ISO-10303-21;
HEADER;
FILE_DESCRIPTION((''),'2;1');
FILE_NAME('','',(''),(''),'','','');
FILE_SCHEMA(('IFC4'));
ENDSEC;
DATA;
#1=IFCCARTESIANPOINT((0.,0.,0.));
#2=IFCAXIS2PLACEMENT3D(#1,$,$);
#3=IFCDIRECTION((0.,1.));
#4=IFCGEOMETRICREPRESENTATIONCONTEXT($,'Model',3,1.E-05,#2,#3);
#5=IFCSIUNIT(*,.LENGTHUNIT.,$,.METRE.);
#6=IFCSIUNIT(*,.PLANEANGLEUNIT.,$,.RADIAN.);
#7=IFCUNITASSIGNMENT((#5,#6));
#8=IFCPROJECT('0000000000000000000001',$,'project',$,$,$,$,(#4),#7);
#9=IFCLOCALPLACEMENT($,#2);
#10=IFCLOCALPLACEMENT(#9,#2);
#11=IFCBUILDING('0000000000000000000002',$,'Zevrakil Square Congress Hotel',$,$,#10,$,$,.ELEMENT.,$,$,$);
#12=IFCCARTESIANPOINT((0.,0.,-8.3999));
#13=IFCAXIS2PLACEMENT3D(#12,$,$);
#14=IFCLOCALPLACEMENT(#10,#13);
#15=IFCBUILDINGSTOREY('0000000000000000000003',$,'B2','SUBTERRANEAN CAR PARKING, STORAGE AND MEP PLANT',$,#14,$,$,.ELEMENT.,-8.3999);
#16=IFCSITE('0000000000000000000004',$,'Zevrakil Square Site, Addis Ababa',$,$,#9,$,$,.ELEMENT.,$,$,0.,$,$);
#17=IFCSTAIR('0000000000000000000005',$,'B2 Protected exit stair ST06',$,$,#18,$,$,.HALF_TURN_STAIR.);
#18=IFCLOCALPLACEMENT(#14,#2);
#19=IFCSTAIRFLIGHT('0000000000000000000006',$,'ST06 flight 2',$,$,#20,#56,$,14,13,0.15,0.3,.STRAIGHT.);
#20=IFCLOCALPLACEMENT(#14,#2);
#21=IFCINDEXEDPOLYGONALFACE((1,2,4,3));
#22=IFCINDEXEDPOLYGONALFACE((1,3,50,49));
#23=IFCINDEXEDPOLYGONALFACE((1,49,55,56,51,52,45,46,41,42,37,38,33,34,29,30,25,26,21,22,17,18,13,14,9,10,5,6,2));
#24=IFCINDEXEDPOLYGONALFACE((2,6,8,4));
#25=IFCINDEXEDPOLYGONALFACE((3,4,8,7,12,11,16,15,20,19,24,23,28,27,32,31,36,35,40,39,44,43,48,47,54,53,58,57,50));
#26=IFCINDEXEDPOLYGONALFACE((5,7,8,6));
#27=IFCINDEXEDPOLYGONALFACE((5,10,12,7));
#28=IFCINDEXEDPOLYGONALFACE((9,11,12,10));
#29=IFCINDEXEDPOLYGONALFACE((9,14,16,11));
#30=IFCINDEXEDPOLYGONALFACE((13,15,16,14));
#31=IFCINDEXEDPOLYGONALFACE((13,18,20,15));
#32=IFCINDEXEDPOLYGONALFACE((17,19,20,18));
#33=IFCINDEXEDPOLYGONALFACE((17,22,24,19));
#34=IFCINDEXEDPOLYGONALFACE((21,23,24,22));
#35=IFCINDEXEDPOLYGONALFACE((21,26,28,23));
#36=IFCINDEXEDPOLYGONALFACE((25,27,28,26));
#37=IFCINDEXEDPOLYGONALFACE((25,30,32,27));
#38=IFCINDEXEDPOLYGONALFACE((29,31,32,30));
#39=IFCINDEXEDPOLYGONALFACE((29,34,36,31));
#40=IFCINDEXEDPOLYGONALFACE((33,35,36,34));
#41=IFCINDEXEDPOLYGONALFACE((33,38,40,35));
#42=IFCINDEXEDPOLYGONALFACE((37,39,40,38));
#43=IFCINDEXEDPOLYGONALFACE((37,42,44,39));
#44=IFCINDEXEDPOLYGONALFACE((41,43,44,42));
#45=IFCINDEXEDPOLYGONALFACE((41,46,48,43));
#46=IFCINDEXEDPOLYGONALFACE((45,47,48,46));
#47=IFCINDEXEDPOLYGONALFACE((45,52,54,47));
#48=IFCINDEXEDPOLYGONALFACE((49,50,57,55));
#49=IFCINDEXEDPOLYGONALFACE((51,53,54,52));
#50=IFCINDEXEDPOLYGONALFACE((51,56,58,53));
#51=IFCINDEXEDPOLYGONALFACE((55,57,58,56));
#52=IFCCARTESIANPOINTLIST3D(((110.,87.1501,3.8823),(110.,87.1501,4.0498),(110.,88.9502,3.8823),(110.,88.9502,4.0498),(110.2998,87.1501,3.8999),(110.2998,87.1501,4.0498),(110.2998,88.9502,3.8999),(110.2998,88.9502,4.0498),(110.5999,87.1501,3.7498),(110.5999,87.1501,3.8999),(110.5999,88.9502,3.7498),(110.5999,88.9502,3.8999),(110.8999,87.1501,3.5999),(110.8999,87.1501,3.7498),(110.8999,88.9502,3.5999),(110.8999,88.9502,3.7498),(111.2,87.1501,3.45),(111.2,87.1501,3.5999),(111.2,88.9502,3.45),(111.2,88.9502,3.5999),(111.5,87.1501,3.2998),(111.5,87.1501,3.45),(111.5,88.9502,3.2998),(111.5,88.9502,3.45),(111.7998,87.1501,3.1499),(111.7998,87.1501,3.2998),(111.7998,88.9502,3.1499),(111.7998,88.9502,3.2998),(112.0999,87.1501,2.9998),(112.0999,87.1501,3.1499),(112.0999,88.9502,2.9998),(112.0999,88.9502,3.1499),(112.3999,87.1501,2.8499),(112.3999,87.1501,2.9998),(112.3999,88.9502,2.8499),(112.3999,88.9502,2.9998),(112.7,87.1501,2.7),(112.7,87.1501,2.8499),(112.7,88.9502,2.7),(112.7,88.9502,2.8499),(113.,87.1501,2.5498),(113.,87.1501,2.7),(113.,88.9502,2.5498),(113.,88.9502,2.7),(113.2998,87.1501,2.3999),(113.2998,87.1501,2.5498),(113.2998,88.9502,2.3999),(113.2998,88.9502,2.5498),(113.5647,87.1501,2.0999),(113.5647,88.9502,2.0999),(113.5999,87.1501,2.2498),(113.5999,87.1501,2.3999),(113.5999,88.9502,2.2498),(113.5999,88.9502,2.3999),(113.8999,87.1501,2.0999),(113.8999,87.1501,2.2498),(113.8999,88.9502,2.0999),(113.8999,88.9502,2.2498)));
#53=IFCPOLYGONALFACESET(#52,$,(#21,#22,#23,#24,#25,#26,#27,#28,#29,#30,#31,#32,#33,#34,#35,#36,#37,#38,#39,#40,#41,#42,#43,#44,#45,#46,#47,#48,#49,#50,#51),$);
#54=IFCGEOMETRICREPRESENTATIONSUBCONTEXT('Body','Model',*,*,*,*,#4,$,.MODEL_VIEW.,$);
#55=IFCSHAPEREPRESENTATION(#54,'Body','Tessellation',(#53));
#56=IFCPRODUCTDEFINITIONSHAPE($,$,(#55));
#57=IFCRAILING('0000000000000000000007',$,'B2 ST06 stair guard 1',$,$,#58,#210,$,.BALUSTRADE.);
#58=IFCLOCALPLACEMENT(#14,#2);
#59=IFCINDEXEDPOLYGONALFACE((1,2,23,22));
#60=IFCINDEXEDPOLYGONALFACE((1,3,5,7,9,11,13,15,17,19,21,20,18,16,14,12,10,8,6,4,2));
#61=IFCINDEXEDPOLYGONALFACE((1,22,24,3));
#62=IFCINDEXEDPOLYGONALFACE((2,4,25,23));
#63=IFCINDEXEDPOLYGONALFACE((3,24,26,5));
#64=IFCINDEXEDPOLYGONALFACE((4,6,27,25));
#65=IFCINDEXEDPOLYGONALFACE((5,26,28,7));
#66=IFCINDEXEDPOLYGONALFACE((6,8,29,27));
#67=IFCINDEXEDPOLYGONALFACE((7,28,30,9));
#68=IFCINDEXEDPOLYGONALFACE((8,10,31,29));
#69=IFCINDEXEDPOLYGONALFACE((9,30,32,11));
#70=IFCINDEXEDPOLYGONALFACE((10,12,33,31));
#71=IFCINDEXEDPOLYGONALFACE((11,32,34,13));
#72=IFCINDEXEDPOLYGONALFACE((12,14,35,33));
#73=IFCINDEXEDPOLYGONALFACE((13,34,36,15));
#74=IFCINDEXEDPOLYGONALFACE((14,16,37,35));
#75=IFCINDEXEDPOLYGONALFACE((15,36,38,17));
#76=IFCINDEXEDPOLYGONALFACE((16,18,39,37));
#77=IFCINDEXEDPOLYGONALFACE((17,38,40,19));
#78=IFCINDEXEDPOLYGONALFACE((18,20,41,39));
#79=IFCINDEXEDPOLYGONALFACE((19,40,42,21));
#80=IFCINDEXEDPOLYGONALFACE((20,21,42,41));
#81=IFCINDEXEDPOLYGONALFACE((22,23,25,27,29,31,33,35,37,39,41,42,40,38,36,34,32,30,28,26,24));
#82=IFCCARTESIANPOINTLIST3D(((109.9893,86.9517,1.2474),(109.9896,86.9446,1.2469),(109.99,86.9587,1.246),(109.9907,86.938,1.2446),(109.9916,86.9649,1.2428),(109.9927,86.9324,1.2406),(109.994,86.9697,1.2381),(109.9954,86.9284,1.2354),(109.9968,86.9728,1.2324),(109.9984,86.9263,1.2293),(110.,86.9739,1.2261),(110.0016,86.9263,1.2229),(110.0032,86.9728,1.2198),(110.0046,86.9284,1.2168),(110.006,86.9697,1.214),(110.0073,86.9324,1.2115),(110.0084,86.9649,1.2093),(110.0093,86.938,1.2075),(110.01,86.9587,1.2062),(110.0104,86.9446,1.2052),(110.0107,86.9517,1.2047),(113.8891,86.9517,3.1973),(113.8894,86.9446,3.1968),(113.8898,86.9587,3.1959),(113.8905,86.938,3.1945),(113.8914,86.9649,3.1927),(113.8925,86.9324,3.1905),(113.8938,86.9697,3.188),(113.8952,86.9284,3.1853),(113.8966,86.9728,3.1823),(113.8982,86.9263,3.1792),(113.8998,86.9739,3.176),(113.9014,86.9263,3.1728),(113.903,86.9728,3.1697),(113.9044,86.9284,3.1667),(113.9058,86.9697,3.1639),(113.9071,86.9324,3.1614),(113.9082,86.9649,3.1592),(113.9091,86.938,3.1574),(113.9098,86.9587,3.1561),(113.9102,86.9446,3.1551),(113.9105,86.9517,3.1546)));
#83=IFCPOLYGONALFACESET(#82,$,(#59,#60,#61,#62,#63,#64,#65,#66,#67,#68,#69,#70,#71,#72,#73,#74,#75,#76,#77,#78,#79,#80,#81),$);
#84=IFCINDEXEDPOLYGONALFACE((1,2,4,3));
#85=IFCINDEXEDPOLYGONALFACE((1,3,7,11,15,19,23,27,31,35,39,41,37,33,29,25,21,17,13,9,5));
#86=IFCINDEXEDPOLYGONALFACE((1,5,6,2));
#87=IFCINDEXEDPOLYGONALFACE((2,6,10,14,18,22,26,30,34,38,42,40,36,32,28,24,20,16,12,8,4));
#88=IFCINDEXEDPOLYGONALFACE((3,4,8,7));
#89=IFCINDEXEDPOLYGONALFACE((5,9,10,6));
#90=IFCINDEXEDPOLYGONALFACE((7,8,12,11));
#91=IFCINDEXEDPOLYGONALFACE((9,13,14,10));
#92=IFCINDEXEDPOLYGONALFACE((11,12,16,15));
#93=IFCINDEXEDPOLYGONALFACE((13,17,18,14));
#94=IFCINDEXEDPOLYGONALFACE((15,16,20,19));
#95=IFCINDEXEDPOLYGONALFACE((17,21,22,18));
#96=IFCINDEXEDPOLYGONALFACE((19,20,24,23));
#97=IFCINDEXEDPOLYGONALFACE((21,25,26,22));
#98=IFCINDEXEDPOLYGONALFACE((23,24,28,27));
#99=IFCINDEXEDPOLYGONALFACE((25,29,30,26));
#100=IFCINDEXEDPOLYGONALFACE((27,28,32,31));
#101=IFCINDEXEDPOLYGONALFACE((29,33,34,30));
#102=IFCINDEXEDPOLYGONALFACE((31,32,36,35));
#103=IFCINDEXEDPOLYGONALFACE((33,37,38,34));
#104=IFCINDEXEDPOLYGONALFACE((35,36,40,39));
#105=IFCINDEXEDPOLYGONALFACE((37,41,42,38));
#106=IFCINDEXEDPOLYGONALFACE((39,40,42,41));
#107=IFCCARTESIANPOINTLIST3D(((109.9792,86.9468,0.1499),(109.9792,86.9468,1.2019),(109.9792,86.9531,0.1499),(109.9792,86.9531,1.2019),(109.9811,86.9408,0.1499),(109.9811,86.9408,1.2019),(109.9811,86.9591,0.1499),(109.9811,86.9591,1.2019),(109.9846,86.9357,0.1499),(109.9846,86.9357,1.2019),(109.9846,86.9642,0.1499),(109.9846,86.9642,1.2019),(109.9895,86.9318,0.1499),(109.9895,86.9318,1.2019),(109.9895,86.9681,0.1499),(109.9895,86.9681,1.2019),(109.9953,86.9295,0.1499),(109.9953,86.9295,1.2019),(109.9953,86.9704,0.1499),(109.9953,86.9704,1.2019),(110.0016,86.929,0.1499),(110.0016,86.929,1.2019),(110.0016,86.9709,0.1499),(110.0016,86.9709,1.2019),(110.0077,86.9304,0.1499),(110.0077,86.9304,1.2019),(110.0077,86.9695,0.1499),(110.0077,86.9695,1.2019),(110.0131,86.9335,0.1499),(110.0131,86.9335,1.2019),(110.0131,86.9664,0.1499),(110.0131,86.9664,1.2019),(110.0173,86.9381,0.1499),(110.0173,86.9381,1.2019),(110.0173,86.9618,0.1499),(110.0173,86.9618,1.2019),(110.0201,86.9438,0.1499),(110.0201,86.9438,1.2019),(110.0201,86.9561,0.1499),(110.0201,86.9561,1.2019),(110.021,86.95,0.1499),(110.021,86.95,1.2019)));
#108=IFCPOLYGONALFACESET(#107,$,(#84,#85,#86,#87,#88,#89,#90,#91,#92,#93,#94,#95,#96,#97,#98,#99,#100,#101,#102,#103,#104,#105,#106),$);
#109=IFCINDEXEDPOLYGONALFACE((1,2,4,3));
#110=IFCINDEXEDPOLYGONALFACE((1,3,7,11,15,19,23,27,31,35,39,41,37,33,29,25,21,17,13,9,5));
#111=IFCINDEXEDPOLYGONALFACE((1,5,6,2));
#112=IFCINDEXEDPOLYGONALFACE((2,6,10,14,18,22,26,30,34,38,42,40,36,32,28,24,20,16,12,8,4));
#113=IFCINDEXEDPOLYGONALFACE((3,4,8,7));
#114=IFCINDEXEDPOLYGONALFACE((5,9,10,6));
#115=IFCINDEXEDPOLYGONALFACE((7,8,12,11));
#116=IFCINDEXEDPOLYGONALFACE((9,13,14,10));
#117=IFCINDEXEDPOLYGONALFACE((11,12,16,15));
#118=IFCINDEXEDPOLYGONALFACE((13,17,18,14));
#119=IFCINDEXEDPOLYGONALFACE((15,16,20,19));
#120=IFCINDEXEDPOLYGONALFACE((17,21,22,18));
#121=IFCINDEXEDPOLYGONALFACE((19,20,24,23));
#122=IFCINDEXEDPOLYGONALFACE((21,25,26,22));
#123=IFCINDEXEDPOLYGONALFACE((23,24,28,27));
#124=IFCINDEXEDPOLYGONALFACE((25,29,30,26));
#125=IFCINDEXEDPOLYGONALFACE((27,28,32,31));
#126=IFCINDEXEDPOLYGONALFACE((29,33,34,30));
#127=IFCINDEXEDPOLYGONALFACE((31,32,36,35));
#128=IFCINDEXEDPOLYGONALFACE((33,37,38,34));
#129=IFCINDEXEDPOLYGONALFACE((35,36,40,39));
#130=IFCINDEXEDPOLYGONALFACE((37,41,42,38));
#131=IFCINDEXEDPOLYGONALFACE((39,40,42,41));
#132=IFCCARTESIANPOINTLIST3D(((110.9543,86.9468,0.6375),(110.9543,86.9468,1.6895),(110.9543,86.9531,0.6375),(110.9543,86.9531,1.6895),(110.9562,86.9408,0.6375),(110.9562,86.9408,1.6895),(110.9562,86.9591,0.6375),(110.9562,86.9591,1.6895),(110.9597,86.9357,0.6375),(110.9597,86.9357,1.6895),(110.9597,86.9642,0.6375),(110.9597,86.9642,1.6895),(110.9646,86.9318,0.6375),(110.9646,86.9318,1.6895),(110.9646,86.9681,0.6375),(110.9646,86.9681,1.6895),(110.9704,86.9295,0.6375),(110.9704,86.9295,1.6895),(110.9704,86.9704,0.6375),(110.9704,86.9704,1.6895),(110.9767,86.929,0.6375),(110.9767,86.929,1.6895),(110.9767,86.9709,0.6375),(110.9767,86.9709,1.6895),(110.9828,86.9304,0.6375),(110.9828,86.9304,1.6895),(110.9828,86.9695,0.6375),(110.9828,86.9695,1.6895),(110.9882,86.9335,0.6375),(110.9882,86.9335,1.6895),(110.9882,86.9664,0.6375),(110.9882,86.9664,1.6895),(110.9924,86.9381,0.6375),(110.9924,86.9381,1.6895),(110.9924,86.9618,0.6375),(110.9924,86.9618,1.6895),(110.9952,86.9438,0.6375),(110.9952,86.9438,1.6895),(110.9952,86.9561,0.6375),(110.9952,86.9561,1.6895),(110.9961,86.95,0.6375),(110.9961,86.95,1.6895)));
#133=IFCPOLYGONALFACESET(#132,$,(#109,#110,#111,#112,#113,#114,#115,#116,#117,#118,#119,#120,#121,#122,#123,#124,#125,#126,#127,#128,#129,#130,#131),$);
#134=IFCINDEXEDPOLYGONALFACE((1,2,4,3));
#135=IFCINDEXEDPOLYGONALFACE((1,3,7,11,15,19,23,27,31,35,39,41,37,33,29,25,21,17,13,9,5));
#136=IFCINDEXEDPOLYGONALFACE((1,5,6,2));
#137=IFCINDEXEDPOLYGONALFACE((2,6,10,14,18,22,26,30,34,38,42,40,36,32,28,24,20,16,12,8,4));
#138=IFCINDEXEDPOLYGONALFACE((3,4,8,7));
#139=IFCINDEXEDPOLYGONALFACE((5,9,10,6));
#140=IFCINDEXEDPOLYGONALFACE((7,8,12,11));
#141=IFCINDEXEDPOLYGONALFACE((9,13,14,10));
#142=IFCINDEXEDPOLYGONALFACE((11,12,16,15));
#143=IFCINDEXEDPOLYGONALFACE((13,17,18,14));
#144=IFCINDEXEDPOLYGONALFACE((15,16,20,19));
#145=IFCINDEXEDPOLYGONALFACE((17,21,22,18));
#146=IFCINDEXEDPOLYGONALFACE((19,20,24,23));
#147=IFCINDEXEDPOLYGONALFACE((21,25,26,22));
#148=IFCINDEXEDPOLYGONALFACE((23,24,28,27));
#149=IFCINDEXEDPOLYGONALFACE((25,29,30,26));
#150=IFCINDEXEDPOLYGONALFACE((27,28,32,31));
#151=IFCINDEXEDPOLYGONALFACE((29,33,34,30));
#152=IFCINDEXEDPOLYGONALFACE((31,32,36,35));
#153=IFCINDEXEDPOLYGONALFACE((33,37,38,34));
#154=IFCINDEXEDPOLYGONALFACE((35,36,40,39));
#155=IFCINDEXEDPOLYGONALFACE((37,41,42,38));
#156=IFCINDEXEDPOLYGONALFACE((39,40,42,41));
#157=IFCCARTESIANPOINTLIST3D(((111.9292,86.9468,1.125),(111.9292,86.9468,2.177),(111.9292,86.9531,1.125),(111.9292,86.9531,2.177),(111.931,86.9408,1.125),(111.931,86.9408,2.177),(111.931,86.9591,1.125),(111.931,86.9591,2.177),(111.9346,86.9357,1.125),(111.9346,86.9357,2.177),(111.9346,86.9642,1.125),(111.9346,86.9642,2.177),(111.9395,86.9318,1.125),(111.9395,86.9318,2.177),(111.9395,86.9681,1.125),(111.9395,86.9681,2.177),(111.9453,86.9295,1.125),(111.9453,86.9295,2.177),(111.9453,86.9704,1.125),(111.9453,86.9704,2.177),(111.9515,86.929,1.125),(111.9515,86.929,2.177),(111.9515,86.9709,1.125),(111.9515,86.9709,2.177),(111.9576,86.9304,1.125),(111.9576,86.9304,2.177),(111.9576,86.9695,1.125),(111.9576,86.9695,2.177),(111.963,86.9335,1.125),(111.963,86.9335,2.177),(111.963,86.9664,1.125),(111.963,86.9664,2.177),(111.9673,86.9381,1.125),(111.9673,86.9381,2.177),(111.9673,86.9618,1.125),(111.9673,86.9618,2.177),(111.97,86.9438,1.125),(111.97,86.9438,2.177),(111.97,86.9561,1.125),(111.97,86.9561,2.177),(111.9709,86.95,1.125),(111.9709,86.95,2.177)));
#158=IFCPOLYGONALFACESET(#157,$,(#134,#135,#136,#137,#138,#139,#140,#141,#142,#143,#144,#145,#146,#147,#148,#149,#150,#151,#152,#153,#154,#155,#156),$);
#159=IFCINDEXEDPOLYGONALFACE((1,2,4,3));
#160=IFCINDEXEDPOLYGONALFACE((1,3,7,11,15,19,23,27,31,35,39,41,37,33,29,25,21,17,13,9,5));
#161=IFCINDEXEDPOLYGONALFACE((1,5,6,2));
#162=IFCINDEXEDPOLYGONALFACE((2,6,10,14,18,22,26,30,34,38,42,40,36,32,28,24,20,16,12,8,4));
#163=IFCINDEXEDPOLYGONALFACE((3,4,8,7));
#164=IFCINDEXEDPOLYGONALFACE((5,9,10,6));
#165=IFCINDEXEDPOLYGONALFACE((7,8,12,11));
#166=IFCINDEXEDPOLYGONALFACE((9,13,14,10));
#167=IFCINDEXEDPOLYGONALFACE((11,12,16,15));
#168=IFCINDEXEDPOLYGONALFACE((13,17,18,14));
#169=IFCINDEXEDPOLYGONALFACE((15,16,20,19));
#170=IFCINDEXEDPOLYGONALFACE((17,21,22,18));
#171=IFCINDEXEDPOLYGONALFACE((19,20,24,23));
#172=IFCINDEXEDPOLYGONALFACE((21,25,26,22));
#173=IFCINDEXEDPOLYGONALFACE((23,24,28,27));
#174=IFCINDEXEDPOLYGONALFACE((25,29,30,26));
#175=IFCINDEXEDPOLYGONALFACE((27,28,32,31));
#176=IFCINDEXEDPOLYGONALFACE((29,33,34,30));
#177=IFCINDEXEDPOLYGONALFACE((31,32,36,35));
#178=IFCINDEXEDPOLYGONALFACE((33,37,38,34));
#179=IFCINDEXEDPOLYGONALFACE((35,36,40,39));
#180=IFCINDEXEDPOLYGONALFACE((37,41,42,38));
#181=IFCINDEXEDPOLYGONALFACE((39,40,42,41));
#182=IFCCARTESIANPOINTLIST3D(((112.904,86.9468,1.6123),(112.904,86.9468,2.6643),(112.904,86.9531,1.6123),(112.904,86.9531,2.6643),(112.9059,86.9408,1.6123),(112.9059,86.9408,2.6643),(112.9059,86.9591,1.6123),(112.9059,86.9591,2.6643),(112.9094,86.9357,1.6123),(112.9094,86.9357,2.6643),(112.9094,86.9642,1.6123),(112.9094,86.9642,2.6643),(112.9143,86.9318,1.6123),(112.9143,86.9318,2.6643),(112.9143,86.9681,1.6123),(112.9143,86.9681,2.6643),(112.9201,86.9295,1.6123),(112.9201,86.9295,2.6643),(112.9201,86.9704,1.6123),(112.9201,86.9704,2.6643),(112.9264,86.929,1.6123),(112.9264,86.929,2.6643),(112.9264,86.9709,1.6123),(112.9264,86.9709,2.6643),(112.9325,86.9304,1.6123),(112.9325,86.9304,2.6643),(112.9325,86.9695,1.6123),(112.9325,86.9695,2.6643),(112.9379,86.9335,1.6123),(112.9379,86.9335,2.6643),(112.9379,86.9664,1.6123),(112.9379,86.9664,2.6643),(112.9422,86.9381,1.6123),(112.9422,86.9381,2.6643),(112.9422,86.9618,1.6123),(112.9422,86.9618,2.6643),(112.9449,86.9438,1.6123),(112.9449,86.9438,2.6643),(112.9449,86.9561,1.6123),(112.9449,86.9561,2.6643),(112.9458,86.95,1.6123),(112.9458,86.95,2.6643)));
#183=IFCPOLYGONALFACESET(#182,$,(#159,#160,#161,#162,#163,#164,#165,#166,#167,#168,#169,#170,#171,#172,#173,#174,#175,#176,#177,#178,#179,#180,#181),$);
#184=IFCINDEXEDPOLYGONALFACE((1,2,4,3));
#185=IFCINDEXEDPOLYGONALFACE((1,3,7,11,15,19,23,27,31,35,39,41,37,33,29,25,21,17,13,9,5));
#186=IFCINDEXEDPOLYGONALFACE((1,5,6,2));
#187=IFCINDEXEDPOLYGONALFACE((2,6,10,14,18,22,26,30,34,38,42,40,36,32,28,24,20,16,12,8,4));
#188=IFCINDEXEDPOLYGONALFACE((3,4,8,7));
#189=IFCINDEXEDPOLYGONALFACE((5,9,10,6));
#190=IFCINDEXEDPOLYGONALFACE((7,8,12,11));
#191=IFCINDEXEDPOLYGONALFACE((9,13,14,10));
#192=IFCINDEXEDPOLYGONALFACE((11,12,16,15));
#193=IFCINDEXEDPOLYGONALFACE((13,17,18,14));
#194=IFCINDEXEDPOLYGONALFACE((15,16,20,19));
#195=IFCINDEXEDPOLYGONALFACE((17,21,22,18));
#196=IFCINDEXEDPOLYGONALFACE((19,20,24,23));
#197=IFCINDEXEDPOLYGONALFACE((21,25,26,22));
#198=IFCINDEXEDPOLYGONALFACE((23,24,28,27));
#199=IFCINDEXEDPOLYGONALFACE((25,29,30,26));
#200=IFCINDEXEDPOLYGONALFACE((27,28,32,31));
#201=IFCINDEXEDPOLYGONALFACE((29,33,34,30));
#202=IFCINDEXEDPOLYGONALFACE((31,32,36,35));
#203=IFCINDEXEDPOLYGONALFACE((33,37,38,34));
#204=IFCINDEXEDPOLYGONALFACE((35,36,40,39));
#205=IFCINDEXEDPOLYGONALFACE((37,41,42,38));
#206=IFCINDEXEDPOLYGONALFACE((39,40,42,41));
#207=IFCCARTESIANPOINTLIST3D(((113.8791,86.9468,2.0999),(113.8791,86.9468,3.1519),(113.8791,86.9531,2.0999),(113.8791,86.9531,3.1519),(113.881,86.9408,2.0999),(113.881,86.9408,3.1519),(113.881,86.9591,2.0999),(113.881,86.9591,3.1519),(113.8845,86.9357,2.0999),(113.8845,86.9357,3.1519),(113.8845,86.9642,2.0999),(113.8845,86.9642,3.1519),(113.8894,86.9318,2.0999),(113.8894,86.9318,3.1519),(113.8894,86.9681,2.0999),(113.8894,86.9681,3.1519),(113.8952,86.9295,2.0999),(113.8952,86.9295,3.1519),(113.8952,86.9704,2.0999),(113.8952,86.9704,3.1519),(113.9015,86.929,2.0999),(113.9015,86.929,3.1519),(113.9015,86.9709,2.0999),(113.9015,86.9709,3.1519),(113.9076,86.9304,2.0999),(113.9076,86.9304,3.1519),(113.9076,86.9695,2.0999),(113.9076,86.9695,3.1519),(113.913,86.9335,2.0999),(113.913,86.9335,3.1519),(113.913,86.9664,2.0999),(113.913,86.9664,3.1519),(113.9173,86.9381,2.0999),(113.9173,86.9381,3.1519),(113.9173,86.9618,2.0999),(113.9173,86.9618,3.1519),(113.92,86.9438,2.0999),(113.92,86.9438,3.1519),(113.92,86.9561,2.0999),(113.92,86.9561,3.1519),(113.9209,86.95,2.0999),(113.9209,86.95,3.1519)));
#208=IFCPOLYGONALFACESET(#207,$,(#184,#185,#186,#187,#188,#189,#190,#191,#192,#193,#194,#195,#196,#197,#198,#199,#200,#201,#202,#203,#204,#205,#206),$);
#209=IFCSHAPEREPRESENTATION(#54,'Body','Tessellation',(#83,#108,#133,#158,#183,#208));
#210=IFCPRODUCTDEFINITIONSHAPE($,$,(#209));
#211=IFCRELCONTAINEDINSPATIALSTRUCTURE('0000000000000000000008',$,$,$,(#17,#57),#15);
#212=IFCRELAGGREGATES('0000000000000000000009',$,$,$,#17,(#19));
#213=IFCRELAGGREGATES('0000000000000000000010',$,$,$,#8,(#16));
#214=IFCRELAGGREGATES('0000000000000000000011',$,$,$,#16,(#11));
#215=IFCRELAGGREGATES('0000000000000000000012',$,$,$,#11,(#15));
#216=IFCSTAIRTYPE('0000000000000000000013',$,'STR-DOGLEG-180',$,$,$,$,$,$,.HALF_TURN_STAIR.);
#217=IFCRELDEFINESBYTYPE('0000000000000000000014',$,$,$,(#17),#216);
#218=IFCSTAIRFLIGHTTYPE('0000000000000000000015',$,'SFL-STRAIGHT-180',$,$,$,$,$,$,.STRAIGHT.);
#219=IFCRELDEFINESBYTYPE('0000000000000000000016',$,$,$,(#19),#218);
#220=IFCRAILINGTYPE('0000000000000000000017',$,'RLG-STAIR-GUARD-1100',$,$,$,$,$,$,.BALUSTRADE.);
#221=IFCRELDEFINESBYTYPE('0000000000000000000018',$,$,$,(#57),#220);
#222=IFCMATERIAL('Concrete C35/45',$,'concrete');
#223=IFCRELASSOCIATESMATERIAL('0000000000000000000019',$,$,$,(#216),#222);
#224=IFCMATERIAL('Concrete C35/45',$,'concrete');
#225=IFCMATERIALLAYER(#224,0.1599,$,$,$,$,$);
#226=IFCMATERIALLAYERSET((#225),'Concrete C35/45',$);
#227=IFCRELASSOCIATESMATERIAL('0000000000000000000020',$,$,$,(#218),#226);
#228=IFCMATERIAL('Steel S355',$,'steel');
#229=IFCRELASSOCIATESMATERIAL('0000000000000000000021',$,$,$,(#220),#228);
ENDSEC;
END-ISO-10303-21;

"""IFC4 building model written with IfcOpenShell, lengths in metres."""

from ifc_helpers import new_model, si_unit, direction, frame, origin, origin_2d, place, context, subcontext, project, spatial, polyline, circle, outline, extrude, material, layer, layer_set, type_object, element, aggregate, save


model = new_model("IFC4")

# Units and contexts
model_context = context("Model", 3, precision=1e-05, world=origin(), true_north=direction((0.0, 1.0)))
body_context = subcontext(model_context, "Body", "Model", "MODEL_VIEW")
ifc_project = project(units=[si_unit("LENGTHUNIT", "METRE"), si_unit("PLANEANGLEUNIT", "RADIAN")], contexts=[model_context])

# Site, building, storey
site_placement = place(None, origin())
site = spatial("IfcSite", under=ifc_project, at=site_placement, Name="Zevrakil Square Site, Addis Ababa", CompositionType="ELEMENT", RefElevation=0.0)
building_placement = place(site_placement, origin())
building = spatial("IfcBuilding", under=site, at=building_placement, Name="Zevrakil Square Congress Hotel", CompositionType="ELEMENT")
storey_placement = place(building_placement, frame((0.0, 0.0, -8.3999)))
storey = spatial("IfcBuildingStorey", under=building, at=storey_placement, Name="B2", Description="SUBTERRANEAN CAR PARKING, STORAGE AND MEP PLANT", CompositionType="ELEMENT", Elevation=-8.3999)

# Stair, stair flight
ifc_material_1 = material(Name="Concrete C35/45", Category="concrete")
stair_type = type_object("IfcStairType", Name="STR-DOGLEG-180", PredefinedType="HALF_TURN_STAIR", material=ifc_material_1)
stair_placement = place(storey_placement, origin())
stair = element("IfcStair", 1, at=stair_placement, inside=storey, type_object=stair_type, Name="B2 Protected exit stair ST06", PredefinedType="HALF_TURN_STAIR")
ifc_material_2 = material(Name="Concrete C35/45", Category="concrete")
ifc_layer_1 = layer(ifc_material_2, 0.1599)
ifc_layer_set_1 = layer_set([ifc_layer_1], Name="Concrete C35/45")
stair_flight_type = type_object("IfcStairFlightType", Name="SFL-STRAIGHT-180", PredefinedType="STRAIGHT", material=ifc_layer_set_1)
stair_flight_1_placement = place(storey_placement, frame((113.8999, 88.05, 2.0999), z_axis=(0.0, 0.0, 1.0), x_axis=(-1.0, 0.0, 0.0)))
stair_flight_1 = element("IfcStairFlight", 2, at=stair_flight_1_placement, type_object=stair_flight_type, Name="ST06 flight 2", NumberOfRisers=14, NumberOfTreads=13, PredefinedType="STRAIGHT", RiserHeight=0.15, TreadLength=0.3, context=body_context, shape_type="SweptSolid", body=[
    extrude(outline(polyline([(0.0, 0.0), (0.0, 0.1499), (0.3, 0.1499), (0.3, 0.3), (0.6001, 0.3), (0.6001, 0.45), (0.8999, 0.45), (0.8999, 0.6001), (1.2, 0.6001), (1.2, 0.75), (1.5, 0.75), (1.5, 0.8999), (1.8, 0.8999), (1.8, 1.05), (2.1001, 1.05), (2.1001, 1.2), (2.3999, 1.2), (2.3999, 1.3501), (2.7, 1.3501), (2.7, 1.5), (3.0, 1.5), (3.0, 1.6499), (3.3, 1.6499), (3.3, 1.8), (3.6001, 1.8), (3.6001, 1.95), (3.8999, 1.95), (3.8999, 2.1001), (3.8999, 1.7825), (0.3352, 0.0), (0.0, 0.0)])), frame((0.0, 0.8999, 0.0), z_axis=(0.0, -1.0, 0.0), x_axis=(1.0, 0.0, 0.0)), (0.0, 0.0, 1.0), 1.8),
])
aggregate(stair, [stair_flight_1])

# Railing
ifc_material_3 = material(Name="Steel S355", Category="steel")
railing_type_1 = type_object("IfcRailingType", Name="RLG-STAIR-GUARD-1100", PredefinedType="BALUSTRADE", material=ifc_material_3)
railing_1_placement = place(storey_placement, frame((110.0, 86.95, 0.1499)))
element("IfcRailing", 3, at=railing_1_placement, inside=storey, type_object=railing_type_1, Name="B2 ST06 stair guard 1", PredefinedType="BALUSTRADE", context=body_context, shape_type="SweptSolid", body=[
    extrude(circle(Radius=0.0239, at=origin_2d()), frame((0.0, 0.0, 1.0762), z_axis=(0.894427, 0.0, 0.447214), x_axis=(0.0, 1.0, 0.0)), (0.0, 0.0, 1.0), 4.3601),
    extrude(circle(Radius=0.021, at=origin_2d()), origin(), (0.0, 0.0, 1.0), 1.052),
    extrude(circle(Radius=0.021, at=origin_2d()), frame((0.9751, 0.0, 0.4875)), (0.0, 0.0, 1.0), 1.052),
    extrude(circle(Radius=0.021, at=origin_2d()), frame((1.95, 0.0, 0.9751)), (0.0, 0.0, 1.0), 1.052),
    extrude(circle(Radius=0.021, at=origin_2d()), frame((2.9248, 0.0, 1.4624)), (0.0, 0.0, 1.0), 1.052),
    extrude(circle(Radius=0.021, at=origin_2d()), frame((3.8999, 0.0, 1.95)), (0.0, 0.0, 1.0), 1.052),
])

save(model, "model.ifc")
